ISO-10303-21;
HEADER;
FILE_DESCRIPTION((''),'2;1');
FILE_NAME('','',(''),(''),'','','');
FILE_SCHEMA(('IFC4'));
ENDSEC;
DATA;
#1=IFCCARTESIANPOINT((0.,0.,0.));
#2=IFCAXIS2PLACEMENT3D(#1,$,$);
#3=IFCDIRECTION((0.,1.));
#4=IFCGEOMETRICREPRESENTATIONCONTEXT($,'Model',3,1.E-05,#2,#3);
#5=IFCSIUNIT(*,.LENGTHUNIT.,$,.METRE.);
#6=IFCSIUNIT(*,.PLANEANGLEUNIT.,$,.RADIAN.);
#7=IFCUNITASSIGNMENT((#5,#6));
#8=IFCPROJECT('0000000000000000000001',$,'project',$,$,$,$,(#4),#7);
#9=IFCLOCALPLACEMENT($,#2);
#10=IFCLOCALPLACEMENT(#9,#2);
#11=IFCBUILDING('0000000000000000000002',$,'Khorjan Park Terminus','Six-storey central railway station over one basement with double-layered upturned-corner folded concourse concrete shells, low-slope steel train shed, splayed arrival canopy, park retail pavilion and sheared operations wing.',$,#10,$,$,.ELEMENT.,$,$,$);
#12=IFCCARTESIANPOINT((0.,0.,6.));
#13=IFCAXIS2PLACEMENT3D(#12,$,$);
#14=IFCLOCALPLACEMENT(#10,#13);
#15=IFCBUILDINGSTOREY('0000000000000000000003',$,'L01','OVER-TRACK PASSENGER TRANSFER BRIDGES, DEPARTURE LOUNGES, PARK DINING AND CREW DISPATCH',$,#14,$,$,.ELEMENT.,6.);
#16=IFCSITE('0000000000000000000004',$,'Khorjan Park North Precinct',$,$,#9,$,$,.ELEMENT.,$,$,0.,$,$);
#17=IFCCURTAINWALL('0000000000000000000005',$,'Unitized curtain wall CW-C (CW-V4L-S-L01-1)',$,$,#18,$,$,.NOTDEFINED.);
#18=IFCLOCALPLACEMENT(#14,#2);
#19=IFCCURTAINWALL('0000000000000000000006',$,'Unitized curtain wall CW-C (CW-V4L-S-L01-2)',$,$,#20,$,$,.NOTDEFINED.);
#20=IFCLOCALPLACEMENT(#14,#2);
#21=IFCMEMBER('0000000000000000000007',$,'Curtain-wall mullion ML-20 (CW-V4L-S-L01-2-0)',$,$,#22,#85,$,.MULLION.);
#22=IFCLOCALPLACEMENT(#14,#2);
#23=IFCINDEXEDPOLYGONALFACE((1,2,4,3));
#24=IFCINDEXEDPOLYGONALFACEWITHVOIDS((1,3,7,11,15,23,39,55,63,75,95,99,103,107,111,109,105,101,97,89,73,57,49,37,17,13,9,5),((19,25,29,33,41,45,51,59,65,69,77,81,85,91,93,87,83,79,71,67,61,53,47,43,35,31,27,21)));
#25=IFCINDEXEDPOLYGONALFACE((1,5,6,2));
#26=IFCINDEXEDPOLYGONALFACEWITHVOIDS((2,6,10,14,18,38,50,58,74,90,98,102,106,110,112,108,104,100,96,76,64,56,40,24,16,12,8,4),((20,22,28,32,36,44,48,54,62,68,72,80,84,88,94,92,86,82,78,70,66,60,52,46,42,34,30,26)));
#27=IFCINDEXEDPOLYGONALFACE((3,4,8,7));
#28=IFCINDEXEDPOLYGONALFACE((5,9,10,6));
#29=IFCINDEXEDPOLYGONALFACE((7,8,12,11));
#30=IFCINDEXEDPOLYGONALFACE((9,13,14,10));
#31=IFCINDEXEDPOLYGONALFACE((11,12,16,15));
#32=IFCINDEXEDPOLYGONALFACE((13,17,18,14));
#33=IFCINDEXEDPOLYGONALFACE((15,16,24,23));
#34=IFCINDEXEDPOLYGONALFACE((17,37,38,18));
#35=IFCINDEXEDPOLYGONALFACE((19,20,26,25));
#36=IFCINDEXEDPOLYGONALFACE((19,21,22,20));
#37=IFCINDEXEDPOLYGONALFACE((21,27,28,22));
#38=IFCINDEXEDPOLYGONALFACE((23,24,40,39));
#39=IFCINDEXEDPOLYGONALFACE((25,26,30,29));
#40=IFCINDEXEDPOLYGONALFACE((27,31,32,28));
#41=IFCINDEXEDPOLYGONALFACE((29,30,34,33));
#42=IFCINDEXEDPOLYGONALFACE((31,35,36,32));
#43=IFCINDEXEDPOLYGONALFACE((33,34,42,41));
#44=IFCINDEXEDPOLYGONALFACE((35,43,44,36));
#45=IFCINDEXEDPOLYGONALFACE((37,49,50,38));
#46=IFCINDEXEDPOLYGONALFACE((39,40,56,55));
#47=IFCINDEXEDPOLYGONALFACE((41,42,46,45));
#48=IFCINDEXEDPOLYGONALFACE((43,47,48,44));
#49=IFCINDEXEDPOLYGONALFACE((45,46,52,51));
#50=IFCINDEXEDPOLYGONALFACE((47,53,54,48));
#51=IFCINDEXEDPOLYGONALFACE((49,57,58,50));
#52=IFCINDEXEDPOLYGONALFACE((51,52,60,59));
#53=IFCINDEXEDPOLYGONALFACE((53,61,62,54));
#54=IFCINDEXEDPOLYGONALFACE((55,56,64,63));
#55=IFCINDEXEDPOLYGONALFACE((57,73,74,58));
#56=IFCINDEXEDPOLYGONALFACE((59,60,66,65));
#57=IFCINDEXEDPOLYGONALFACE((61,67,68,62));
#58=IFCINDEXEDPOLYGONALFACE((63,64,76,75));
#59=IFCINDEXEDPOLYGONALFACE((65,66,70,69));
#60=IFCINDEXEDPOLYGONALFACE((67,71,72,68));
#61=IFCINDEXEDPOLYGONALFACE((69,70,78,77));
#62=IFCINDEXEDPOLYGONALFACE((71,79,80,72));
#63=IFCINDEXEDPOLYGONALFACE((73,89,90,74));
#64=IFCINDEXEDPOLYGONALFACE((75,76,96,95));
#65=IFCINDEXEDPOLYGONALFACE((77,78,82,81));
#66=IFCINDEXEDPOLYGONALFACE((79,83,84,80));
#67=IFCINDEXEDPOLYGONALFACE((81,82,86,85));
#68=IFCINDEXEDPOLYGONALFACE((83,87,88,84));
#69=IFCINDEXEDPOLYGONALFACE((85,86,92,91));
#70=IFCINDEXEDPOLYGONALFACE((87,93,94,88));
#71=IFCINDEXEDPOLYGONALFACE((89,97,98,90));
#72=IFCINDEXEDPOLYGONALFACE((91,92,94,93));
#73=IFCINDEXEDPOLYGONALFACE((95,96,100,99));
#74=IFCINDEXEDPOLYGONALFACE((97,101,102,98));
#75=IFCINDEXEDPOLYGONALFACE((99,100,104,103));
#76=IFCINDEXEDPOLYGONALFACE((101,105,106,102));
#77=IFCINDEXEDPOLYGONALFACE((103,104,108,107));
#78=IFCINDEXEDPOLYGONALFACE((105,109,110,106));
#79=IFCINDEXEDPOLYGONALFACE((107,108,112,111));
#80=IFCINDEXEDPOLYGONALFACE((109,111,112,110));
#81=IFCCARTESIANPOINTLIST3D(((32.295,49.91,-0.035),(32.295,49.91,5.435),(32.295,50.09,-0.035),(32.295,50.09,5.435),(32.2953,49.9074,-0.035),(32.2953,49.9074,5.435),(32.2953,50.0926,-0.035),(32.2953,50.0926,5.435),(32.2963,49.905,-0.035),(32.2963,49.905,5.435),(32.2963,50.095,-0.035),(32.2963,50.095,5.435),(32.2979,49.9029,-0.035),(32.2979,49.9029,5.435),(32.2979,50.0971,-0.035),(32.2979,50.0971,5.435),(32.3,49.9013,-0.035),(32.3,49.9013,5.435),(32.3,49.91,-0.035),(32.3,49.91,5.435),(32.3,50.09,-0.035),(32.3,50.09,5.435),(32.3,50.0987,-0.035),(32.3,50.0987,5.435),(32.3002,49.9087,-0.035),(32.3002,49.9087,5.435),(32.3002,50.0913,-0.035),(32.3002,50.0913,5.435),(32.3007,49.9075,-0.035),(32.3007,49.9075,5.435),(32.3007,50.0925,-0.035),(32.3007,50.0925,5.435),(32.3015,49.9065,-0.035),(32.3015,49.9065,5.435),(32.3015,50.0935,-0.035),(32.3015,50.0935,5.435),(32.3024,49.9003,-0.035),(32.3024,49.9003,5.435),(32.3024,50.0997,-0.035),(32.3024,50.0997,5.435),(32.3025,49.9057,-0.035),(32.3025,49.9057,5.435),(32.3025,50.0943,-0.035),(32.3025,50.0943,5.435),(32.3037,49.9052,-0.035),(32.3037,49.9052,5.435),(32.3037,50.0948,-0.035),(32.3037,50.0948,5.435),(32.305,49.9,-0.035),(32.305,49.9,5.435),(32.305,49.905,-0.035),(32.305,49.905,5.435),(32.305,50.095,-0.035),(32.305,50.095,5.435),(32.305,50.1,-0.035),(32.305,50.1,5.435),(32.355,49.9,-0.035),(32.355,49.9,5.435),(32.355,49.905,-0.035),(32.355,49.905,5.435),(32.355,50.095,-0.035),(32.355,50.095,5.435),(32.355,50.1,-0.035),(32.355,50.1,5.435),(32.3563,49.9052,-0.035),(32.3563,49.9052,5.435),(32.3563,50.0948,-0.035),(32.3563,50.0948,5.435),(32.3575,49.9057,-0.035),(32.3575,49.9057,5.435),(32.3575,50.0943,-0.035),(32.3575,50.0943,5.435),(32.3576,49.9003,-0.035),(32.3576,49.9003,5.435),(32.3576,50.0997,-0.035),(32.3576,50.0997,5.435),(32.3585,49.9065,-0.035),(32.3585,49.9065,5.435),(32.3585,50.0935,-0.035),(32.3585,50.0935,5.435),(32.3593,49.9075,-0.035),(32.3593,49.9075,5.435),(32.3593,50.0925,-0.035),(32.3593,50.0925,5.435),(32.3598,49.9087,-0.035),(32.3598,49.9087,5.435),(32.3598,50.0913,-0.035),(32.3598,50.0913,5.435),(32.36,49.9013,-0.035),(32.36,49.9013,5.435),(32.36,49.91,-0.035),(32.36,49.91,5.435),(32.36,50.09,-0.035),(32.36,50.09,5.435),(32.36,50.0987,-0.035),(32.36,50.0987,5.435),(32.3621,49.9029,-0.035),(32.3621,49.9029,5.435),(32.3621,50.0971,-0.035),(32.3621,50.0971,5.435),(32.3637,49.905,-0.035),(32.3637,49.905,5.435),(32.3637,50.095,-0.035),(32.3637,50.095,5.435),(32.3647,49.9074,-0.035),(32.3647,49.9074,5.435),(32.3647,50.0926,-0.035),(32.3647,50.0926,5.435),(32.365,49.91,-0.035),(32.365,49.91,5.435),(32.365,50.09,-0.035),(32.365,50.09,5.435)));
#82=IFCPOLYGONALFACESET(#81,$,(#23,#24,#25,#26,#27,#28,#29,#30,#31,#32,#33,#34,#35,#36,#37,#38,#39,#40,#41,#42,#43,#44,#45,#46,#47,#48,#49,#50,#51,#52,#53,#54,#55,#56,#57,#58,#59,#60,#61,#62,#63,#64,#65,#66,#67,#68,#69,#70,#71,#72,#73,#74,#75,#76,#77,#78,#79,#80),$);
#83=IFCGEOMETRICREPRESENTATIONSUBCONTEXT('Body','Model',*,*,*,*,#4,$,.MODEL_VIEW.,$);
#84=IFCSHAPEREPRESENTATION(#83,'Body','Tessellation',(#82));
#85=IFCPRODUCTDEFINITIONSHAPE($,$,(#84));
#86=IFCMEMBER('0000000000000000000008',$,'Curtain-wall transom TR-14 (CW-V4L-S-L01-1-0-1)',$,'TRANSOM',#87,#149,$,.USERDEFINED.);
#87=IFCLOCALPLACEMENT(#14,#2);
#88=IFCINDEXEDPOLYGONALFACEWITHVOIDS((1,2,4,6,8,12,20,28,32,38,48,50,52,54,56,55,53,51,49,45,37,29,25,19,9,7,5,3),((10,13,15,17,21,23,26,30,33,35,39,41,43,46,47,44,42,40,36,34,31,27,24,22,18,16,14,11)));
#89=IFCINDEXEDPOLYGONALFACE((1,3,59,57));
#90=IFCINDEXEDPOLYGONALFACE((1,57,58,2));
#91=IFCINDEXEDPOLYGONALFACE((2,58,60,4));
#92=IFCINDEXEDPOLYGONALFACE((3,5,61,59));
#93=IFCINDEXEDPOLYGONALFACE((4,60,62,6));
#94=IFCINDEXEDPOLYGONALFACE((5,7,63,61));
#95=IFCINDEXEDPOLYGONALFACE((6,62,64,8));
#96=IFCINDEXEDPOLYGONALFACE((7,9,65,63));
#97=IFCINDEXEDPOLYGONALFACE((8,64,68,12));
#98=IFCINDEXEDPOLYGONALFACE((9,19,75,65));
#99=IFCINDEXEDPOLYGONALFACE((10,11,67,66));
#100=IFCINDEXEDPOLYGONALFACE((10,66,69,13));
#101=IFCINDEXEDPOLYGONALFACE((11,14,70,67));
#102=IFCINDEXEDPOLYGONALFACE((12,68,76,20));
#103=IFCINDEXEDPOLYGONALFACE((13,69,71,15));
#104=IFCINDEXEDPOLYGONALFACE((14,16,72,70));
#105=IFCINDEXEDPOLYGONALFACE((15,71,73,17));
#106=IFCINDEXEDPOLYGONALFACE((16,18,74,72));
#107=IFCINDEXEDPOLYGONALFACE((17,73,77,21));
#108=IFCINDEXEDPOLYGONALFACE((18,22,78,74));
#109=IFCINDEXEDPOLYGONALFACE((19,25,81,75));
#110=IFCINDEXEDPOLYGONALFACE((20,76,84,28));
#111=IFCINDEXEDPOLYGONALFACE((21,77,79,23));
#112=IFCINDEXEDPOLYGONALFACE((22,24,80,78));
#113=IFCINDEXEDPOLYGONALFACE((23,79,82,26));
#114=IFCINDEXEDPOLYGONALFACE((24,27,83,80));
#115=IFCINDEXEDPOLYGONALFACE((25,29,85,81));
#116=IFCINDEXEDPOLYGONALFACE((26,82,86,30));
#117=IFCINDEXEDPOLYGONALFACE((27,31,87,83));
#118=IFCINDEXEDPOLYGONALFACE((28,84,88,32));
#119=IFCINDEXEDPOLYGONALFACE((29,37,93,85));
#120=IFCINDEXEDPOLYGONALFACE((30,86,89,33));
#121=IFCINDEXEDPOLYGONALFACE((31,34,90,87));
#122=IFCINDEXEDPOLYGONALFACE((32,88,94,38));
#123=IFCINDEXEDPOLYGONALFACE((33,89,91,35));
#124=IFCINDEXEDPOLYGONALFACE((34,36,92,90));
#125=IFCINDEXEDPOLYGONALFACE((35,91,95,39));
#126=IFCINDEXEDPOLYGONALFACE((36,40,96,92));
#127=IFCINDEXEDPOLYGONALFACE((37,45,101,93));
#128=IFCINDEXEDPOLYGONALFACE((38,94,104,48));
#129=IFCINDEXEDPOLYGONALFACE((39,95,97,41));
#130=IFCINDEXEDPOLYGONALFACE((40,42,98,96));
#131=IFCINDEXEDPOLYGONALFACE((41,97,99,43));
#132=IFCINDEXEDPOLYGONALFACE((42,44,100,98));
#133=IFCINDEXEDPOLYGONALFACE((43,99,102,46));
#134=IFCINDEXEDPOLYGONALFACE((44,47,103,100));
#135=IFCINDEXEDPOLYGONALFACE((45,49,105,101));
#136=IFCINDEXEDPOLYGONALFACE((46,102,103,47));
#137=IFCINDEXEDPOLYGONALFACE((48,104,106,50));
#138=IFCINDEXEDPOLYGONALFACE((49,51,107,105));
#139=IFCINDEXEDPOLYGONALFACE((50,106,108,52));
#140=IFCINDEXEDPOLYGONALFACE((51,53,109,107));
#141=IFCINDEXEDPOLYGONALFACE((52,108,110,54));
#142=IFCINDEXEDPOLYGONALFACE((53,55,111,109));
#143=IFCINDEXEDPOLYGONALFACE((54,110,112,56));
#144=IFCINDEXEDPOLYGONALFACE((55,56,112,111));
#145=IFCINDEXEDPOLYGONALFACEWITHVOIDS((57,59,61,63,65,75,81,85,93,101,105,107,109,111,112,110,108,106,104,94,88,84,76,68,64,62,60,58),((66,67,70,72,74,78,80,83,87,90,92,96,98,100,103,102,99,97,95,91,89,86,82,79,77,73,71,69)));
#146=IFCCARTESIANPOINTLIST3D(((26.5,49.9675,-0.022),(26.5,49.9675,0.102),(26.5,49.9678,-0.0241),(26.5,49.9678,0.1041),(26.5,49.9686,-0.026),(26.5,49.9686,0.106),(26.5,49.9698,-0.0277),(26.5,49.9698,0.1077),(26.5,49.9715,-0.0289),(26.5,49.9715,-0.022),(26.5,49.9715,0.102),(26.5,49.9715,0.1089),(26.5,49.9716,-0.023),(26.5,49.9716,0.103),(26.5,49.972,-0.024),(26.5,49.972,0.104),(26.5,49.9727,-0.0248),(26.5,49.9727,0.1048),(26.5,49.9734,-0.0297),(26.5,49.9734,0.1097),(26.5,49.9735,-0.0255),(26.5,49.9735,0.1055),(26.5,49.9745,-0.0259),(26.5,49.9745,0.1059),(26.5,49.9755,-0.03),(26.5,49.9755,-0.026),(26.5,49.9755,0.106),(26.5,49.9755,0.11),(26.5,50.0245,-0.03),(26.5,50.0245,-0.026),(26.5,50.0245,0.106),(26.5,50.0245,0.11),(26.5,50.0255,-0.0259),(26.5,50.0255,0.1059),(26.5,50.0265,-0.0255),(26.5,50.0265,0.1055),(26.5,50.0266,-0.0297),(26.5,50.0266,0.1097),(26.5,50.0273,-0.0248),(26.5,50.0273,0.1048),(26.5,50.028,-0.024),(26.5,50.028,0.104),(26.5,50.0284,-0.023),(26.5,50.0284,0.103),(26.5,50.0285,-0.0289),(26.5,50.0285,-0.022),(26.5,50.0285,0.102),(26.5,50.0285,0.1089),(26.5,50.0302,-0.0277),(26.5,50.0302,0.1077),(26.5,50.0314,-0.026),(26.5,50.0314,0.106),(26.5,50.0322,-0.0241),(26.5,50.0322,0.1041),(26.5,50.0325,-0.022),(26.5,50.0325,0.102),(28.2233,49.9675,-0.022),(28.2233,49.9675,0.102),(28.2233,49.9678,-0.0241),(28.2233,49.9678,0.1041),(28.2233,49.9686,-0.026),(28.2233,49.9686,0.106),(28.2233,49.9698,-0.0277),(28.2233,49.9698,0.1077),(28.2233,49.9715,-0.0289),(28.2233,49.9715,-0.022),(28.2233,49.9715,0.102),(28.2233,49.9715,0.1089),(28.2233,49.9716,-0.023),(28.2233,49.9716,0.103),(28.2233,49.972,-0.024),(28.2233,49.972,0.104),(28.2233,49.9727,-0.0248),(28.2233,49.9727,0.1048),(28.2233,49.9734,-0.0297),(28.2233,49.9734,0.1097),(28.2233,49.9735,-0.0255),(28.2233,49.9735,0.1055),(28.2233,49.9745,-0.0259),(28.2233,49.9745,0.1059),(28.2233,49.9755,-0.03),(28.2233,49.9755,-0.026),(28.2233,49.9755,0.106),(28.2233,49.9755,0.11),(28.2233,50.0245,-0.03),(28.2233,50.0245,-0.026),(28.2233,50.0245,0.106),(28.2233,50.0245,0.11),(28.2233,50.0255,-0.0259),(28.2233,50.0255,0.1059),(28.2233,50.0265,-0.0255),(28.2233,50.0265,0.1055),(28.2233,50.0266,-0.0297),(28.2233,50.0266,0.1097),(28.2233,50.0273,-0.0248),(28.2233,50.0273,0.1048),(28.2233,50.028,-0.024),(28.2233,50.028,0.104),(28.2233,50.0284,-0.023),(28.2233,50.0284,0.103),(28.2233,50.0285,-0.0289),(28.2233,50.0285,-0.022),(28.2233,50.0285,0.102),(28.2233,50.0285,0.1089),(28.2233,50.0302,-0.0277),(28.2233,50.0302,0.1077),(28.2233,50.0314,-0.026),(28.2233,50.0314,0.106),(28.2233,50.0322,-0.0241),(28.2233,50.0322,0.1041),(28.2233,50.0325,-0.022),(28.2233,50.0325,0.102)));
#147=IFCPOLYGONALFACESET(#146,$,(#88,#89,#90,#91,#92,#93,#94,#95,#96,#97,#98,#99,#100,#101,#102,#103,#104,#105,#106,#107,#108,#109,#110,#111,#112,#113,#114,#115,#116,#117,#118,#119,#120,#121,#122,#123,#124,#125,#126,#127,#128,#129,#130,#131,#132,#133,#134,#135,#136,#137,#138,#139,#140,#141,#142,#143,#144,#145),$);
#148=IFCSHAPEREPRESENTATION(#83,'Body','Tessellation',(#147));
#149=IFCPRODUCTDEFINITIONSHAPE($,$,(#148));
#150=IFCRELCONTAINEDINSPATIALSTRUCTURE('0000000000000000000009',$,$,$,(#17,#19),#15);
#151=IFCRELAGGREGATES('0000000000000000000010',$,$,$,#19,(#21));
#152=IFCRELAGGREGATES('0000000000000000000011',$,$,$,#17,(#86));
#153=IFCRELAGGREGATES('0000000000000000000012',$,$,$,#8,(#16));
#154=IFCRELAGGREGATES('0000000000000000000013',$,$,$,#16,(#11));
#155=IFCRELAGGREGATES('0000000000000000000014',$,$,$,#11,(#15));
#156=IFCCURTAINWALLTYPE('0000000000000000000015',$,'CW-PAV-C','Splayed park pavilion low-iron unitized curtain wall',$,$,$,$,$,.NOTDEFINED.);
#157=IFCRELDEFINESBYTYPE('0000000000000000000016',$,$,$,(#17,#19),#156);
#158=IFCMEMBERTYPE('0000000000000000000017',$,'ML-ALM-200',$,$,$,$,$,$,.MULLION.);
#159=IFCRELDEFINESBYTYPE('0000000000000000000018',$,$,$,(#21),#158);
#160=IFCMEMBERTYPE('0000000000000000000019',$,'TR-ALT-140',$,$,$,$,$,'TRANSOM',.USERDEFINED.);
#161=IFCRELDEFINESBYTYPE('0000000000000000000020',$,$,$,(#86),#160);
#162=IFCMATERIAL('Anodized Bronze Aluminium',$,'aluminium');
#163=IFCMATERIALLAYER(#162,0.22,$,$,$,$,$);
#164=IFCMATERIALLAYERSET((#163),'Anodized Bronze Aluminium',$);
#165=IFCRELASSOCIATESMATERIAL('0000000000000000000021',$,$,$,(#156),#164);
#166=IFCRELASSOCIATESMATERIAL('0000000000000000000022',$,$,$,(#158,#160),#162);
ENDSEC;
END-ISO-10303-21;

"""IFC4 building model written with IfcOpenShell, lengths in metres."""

from ifc_helpers import new_model, si_unit, direction, frame, origin, origin_2d, place, context, subcontext, project, spatial, hollow_rectangle, extrude, material, layer, layer_set, material_profile, profile_set, type_object, element, aggregate, save


model = new_model("IFC4")

# Units and contexts
model_context = context("Model", 3, precision=1e-05, world=origin(), true_north=direction((0.0, 1.0)))
body_context = subcontext(model_context, "Body", "Model", "MODEL_VIEW")
ifc_project = project(units=[si_unit("LENGTHUNIT", "METRE"), si_unit("PLANEANGLEUNIT", "RADIAN")], contexts=[model_context])

# Site, building, storey
site_placement = place(None, origin())
site = spatial("IfcSite", under=ifc_project, at=site_placement, Name="Khorjan Park North Precinct", CompositionType="ELEMENT", RefElevation=0.0)
building_placement = place(site_placement, origin())
building = spatial("IfcBuilding", under=site, at=building_placement, Name="Khorjan Park Terminus", Description="Six-storey central railway station over one basement with double-layered upturned-corner folded concourse concrete shells, low-slope steel train shed, splayed arrival canopy, park retail pavilion and sheared operations wing.", CompositionType="ELEMENT")
storey_placement = place(building_placement, frame((0.0, 0.0, 6.0)))
storey = spatial("IfcBuildingStorey", under=building, at=storey_placement, Name="L01", Description="OVER-TRACK PASSENGER TRANSFER BRIDGES, DEPARTURE LOUNGES, PARK DINING AND CREW DISPATCH", CompositionType="ELEMENT", Elevation=6.0)

# Curtain wall
ifc_material_1 = material(Name="Anodized Bronze Aluminium", Category="aluminium")
ifc_layer_1 = layer(ifc_material_1, 0.22)
ifc_layer_set_1 = layer_set([ifc_layer_1], Name="Anodized Bronze Aluminium")
curtain_wall_type = type_object("IfcCurtainWallType", Name="CW-PAV-C", Description="Splayed park pavilion low-iron unitized curtain wall", PredefinedType="NOTDEFINED", material=ifc_layer_set_1)
curtain_wall_1_placement = place(storey_placement, origin())
curtain_wall_1 = element("IfcCurtainWall", 1, at=curtain_wall_1_placement, inside=storey, type_object=curtain_wall_type, Name="Unitized curtain wall CW-C (CW-V4L-S-L01-1)", PredefinedType="NOTDEFINED")
ifc_material_profile_1 = material_profile(ifc_material_1, hollow_rectangle(XDim=0.07, YDim=0.2, WallThickness=0.005, InnerFilletRadius=0.005, OuterFilletRadius=0.01, at=origin_2d()), Name="ALM 70x200x5")
ifc_profile_set_1 = profile_set([ifc_material_profile_1], Name="Anodized Bronze Aluminium")
member_type_1 = type_object("IfcMemberType", Name="ML-ALM-200", PredefinedType="MULLION", material=ifc_profile_set_1)

# Curtain wall, member
curtain_wall_2_placement = place(storey_placement, origin())
curtain_wall_2 = element("IfcCurtainWall", 2, at=curtain_wall_2_placement, inside=storey, type_object=curtain_wall_type, Name="Unitized curtain wall CW-C (CW-V4L-S-L01-2)", PredefinedType="NOTDEFINED")
member_1_placement = place(storey_placement, frame((32.33, 50.0, -0.035), z_axis=(0.0, 0.0, 1.0), x_axis=(1.0, 0.0, 0.0)))
member_1 = element("IfcMember", 3, at=member_1_placement, type_object=member_type_1, Name="Curtain-wall mullion ML-20 (CW-V4L-S-L01-2-0)", PredefinedType="MULLION", context=body_context, shape_type="SweptSolid", body=[
    extrude(hollow_rectangle(XDim=0.07, YDim=0.2, WallThickness=0.005, InnerFilletRadius=0.005, OuterFilletRadius=0.01, at=origin_2d()), origin(), (0.0, 0.0, 1.0), 5.47),
])

# Member
ifc_material_profile_2 = material_profile(ifc_material_1, hollow_rectangle(XDim=0.065, YDim=0.14, WallThickness=0.004, InnerFilletRadius=0.004, OuterFilletRadius=0.008, at=origin_2d()), Name="ALT 65x140x4")
ifc_profile_set_2 = profile_set([ifc_material_profile_2], Name="Anodized Bronze Aluminium")
member_type_2 = type_object("IfcMemberType", Name="TR-ALT-140", ElementType="TRANSOM", PredefinedType="USERDEFINED", material=ifc_profile_set_2)
member_2_placement = place(storey_placement, frame((26.5, 50.0, 0.04), z_axis=(1.0, 0.0, 0.0), x_axis=(0.0, 1.0, 0.0)))
member_2 = element("IfcMember", 4, at=member_2_placement, type_object=member_type_2, Name="Curtain-wall transom TR-14 (CW-V4L-S-L01-1-0-1)", ObjectType="TRANSOM", PredefinedType="USERDEFINED", context=body_context, shape_type="SweptSolid", body=[
    extrude(hollow_rectangle(XDim=0.065, YDim=0.14, WallThickness=0.004, InnerFilletRadius=0.004, OuterFilletRadius=0.008, at=origin_2d()), origin(), (0.0, 0.0, 1.0), 1.7233),
])
aggregate(curtain_wall_2, [member_1])

aggregate(curtain_wall_1, [member_2])

save(model, "model.ifc")
